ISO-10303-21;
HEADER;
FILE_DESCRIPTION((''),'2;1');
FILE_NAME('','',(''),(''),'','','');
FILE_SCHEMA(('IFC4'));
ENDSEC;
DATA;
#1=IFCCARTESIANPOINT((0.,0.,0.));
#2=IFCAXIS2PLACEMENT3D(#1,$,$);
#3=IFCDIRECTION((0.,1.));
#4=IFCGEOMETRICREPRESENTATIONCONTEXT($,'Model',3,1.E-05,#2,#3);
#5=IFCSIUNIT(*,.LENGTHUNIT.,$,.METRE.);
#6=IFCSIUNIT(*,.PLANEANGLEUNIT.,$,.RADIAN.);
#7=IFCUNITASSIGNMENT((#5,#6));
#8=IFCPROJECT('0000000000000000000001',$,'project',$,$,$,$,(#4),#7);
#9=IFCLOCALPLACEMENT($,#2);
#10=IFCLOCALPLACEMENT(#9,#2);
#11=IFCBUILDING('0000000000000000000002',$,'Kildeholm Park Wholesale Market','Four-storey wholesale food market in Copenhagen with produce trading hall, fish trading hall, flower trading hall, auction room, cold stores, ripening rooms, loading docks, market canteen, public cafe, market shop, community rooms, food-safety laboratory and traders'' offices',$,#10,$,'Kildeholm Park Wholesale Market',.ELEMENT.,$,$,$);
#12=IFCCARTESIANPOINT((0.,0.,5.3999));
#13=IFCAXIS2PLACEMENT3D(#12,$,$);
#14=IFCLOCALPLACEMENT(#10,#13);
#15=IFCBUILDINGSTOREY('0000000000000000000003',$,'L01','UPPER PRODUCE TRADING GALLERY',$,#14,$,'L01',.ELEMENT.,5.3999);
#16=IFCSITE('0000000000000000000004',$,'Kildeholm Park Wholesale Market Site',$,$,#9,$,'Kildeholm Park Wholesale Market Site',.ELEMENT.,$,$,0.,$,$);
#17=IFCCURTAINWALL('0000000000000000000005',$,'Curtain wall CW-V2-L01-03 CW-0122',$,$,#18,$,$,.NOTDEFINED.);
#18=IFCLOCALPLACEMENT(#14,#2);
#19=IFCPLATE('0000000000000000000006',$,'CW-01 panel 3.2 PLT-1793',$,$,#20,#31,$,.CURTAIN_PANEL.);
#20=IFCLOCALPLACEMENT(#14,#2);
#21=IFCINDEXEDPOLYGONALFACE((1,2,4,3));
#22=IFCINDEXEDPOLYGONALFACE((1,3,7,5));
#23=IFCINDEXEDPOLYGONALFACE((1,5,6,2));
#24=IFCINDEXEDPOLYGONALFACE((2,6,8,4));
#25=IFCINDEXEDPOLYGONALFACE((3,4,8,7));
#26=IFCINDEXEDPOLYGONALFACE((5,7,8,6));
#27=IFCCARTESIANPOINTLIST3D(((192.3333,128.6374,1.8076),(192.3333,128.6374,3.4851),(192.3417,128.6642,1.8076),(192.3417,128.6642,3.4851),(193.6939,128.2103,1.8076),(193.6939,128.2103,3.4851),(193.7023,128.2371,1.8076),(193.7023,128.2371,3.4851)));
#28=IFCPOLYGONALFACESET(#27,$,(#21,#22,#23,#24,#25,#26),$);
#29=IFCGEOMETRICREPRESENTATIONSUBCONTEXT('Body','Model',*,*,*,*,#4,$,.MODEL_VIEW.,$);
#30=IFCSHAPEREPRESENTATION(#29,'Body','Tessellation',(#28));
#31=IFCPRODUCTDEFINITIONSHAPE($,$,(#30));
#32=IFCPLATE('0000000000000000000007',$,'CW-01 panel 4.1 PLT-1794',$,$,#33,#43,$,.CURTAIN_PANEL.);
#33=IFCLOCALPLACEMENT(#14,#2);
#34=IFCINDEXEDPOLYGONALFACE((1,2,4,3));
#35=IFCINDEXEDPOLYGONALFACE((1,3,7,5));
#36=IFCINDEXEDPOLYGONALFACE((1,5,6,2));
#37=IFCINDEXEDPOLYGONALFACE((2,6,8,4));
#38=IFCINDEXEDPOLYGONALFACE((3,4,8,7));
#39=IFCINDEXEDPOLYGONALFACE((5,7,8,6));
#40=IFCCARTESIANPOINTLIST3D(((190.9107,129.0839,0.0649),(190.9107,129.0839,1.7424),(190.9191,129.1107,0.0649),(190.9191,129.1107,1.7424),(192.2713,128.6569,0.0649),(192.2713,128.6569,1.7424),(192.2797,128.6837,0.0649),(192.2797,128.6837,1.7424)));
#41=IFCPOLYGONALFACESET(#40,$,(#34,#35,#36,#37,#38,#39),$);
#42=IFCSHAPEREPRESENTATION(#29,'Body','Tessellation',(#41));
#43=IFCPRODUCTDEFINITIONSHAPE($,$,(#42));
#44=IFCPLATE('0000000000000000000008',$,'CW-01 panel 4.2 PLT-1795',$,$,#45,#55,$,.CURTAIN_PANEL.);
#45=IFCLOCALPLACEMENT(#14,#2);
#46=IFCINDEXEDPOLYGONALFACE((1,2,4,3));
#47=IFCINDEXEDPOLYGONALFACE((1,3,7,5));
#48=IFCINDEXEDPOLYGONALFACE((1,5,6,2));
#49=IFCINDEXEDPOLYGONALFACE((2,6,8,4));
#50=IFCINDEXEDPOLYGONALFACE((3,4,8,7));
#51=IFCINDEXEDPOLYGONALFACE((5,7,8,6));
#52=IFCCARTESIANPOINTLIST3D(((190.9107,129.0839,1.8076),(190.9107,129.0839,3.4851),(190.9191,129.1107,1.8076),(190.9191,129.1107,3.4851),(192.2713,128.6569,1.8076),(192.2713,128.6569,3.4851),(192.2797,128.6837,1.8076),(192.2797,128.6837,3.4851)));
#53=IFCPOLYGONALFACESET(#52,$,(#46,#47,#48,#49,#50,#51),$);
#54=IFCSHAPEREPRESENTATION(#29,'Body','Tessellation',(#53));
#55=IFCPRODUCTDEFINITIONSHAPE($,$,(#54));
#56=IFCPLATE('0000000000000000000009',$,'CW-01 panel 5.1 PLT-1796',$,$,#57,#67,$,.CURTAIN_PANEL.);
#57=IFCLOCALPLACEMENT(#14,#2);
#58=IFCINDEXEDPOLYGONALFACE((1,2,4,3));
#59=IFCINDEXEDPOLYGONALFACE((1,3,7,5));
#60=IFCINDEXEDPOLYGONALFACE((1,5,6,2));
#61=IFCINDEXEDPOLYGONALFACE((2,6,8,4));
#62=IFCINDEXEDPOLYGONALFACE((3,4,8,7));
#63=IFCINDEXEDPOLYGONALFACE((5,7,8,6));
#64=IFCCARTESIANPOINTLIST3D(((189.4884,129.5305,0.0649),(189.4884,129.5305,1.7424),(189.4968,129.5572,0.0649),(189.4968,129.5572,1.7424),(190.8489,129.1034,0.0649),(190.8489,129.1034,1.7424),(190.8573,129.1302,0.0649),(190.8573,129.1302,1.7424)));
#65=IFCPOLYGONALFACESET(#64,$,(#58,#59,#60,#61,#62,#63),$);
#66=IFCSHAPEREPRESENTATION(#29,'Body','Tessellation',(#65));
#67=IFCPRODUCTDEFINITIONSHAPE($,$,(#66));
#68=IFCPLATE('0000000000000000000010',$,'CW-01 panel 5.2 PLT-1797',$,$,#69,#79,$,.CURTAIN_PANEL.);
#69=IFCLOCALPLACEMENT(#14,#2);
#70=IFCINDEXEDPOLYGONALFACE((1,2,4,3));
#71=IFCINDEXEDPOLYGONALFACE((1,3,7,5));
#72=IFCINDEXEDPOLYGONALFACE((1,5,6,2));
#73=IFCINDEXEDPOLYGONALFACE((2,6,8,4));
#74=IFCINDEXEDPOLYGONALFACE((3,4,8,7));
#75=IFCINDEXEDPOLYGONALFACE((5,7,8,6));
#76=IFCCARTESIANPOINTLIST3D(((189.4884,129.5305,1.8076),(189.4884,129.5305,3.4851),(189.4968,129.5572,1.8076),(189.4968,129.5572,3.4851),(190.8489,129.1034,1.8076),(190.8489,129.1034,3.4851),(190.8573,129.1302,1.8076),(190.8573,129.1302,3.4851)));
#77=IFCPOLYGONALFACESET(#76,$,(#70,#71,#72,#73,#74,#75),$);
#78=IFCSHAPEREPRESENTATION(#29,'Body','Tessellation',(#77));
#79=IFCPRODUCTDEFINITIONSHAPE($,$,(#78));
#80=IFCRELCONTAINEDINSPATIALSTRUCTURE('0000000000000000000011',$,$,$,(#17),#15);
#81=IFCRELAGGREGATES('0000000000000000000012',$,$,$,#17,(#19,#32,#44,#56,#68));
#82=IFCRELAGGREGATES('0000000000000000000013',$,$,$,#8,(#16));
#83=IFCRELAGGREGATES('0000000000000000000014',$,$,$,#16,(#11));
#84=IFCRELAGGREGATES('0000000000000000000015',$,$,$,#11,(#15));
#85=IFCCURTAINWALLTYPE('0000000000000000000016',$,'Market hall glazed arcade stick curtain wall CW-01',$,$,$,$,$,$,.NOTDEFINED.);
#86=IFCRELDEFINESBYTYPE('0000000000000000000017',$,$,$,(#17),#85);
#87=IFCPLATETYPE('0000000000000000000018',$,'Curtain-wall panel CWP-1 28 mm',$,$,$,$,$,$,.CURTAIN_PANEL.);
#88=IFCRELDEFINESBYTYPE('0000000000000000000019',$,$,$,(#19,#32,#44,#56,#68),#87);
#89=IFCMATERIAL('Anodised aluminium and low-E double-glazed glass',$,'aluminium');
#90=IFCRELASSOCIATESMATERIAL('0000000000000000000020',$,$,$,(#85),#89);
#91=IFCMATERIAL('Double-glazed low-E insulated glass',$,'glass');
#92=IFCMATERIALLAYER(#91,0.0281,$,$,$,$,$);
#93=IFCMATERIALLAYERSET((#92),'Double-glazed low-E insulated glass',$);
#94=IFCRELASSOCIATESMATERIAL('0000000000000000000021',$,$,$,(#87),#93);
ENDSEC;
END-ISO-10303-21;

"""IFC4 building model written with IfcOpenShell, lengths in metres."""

from ifc_helpers import new_model, si_unit, direction, frame, origin, origin_2d, place, context, subcontext, project, spatial, rectangle, extrude, material, layer, layer_set, type_object, element, aggregate, save


model = new_model("IFC4")

# Units and contexts
model_context = context("Model", 3, precision=1e-05, world=origin(), true_north=direction((0.0, 1.0)))
body_context = subcontext(model_context, "Body", "Model", "MODEL_VIEW")
ifc_project = project(units=[si_unit("LENGTHUNIT", "METRE"), si_unit("PLANEANGLEUNIT", "RADIAN")], contexts=[model_context])

# Site, building, storey
site_placement = place(None, origin())
site = spatial("IfcSite", under=ifc_project, at=site_placement, Name="Kildeholm Park Wholesale Market Site", LongName="Kildeholm Park Wholesale Market Site", CompositionType="ELEMENT", RefElevation=0.0)
building_placement = place(site_placement, origin())
building = spatial("IfcBuilding", under=site, at=building_placement, Name="Kildeholm Park Wholesale Market", Description="Four-storey wholesale food market in Copenhagen with produce trading hall, fish trading hall, flower trading hall, auction room, cold stores, ripening rooms, loading docks, market canteen, public cafe, market shop, community rooms, food-safety laboratory and traders' offices", LongName="Kildeholm Park Wholesale Market", CompositionType="ELEMENT")
storey_placement = place(building_placement, frame((0.0, 0.0, 5.3999)))
storey = spatial("IfcBuildingStorey", under=building, at=storey_placement, Name="L01", Description="UPPER PRODUCE TRADING GALLERY", LongName="L01", CompositionType="ELEMENT", Elevation=5.3999)

# Shared definitions
ifc_material_1 = material(Name="Anodised aluminium and low-E double-glazed glass", Category="aluminium")
curtain_wall_type = type_object("IfcCurtainWallType", Name="Market hall glazed arcade stick curtain wall CW-01", PredefinedType="NOTDEFINED", material=ifc_material_1)

# Curtain wall
curtain_wall_1_placement = place(storey_placement, origin())
curtain_wall_1 = element("IfcCurtainWall", 1, at=curtain_wall_1_placement, inside=storey, type_object=curtain_wall_type, Name="Curtain wall CW-V2-L01-03 CW-0122", PredefinedType="NOTDEFINED")

# Plates
ifc_material_2 = material(Name="Double-glazed low-E insulated glass", Category="glass")
ifc_layer = layer(ifc_material_2, 0.0281)
ifc_layer_set = layer_set([ifc_layer], Name="Double-glazed low-E insulated glass")
plate_type = type_object("IfcPlateType", Name="Curtain-wall panel CWP-1 28 mm", PredefinedType="CURTAIN_PANEL", material=ifc_layer_set)
plate_1_placement = place(storey_placement, frame((193.0178, 128.4373, 1.8076), z_axis=(0.0, 0.0, 1.0), x_axis=(-0.954103, 0.299478, 0.0)))
plate_1 = element("IfcPlate", 2, at=plate_1_placement, type_object=plate_type, Name="CW-01 panel 3.2 PLT-1793", PredefinedType="CURTAIN_PANEL", context=body_context, shape_type="SweptSolid", body=[
    extrude(rectangle(XDim=1.426, YDim=0.0281, at=origin_2d()), origin(), (0.0, 0.0, 1.0), 1.6775),
])
plate_2_placement = place(storey_placement, frame((191.5952, 128.8838, 0.0649), z_axis=(0.0, 0.0, 1.0), x_axis=(-0.954103, 0.299478, 0.0)))
plate_2 = element("IfcPlate", 3, at=plate_2_placement, type_object=plate_type, Name="CW-01 panel 4.1 PLT-1794", PredefinedType="CURTAIN_PANEL", context=body_context, shape_type="SweptSolid", body=[
    extrude(rectangle(XDim=1.426, YDim=0.0281, at=origin_2d()), origin(), (0.0, 0.0, 1.0), 1.6775),
])
plate_3_placement = place(storey_placement, frame((191.5952, 128.8838, 1.8076), z_axis=(0.0, 0.0, 1.0), x_axis=(-0.954103, 0.299478, 0.0)))
plate_3 = element("IfcPlate", 4, at=plate_3_placement, type_object=plate_type, Name="CW-01 panel 4.2 PLT-1795", PredefinedType="CURTAIN_PANEL", context=body_context, shape_type="SweptSolid", body=[
    extrude(rectangle(XDim=1.426, YDim=0.0281, at=origin_2d()), origin(), (0.0, 0.0, 1.0), 1.6775),
])
plate_4_placement = place(storey_placement, frame((190.1729, 129.3303, 0.0649), z_axis=(0.0, 0.0, 1.0), x_axis=(-0.954103, 0.299478, 0.0)))
plate_4 = element("IfcPlate", 5, at=plate_4_placement, type_object=plate_type, Name="CW-01 panel 5.1 PLT-1796", PredefinedType="CURTAIN_PANEL", context=body_context, shape_type="SweptSolid", body=[
    extrude(rectangle(XDim=1.426, YDim=0.0281, at=origin_2d()), origin(), (0.0, 0.0, 1.0), 1.6775),
])
plate_5_placement = place(storey_placement, frame((190.1729, 129.3303, 1.8076), z_axis=(0.0, 0.0, 1.0), x_axis=(-0.954103, 0.299478, 0.0)))
plate_5 = element("IfcPlate", 6, at=plate_5_placement, type_object=plate_type, Name="CW-01 panel 5.2 PLT-1797", PredefinedType="CURTAIN_PANEL", context=body_context, shape_type="SweptSolid", body=[
    extrude(rectangle(XDim=1.426, YDim=0.0281, at=origin_2d()), origin(), (0.0, 0.0, 1.0), 1.6775),
])
aggregate(curtain_wall_1, [plate_1, plate_2, plate_3, plate_4, plate_5])

save(model, "model.ifc")
